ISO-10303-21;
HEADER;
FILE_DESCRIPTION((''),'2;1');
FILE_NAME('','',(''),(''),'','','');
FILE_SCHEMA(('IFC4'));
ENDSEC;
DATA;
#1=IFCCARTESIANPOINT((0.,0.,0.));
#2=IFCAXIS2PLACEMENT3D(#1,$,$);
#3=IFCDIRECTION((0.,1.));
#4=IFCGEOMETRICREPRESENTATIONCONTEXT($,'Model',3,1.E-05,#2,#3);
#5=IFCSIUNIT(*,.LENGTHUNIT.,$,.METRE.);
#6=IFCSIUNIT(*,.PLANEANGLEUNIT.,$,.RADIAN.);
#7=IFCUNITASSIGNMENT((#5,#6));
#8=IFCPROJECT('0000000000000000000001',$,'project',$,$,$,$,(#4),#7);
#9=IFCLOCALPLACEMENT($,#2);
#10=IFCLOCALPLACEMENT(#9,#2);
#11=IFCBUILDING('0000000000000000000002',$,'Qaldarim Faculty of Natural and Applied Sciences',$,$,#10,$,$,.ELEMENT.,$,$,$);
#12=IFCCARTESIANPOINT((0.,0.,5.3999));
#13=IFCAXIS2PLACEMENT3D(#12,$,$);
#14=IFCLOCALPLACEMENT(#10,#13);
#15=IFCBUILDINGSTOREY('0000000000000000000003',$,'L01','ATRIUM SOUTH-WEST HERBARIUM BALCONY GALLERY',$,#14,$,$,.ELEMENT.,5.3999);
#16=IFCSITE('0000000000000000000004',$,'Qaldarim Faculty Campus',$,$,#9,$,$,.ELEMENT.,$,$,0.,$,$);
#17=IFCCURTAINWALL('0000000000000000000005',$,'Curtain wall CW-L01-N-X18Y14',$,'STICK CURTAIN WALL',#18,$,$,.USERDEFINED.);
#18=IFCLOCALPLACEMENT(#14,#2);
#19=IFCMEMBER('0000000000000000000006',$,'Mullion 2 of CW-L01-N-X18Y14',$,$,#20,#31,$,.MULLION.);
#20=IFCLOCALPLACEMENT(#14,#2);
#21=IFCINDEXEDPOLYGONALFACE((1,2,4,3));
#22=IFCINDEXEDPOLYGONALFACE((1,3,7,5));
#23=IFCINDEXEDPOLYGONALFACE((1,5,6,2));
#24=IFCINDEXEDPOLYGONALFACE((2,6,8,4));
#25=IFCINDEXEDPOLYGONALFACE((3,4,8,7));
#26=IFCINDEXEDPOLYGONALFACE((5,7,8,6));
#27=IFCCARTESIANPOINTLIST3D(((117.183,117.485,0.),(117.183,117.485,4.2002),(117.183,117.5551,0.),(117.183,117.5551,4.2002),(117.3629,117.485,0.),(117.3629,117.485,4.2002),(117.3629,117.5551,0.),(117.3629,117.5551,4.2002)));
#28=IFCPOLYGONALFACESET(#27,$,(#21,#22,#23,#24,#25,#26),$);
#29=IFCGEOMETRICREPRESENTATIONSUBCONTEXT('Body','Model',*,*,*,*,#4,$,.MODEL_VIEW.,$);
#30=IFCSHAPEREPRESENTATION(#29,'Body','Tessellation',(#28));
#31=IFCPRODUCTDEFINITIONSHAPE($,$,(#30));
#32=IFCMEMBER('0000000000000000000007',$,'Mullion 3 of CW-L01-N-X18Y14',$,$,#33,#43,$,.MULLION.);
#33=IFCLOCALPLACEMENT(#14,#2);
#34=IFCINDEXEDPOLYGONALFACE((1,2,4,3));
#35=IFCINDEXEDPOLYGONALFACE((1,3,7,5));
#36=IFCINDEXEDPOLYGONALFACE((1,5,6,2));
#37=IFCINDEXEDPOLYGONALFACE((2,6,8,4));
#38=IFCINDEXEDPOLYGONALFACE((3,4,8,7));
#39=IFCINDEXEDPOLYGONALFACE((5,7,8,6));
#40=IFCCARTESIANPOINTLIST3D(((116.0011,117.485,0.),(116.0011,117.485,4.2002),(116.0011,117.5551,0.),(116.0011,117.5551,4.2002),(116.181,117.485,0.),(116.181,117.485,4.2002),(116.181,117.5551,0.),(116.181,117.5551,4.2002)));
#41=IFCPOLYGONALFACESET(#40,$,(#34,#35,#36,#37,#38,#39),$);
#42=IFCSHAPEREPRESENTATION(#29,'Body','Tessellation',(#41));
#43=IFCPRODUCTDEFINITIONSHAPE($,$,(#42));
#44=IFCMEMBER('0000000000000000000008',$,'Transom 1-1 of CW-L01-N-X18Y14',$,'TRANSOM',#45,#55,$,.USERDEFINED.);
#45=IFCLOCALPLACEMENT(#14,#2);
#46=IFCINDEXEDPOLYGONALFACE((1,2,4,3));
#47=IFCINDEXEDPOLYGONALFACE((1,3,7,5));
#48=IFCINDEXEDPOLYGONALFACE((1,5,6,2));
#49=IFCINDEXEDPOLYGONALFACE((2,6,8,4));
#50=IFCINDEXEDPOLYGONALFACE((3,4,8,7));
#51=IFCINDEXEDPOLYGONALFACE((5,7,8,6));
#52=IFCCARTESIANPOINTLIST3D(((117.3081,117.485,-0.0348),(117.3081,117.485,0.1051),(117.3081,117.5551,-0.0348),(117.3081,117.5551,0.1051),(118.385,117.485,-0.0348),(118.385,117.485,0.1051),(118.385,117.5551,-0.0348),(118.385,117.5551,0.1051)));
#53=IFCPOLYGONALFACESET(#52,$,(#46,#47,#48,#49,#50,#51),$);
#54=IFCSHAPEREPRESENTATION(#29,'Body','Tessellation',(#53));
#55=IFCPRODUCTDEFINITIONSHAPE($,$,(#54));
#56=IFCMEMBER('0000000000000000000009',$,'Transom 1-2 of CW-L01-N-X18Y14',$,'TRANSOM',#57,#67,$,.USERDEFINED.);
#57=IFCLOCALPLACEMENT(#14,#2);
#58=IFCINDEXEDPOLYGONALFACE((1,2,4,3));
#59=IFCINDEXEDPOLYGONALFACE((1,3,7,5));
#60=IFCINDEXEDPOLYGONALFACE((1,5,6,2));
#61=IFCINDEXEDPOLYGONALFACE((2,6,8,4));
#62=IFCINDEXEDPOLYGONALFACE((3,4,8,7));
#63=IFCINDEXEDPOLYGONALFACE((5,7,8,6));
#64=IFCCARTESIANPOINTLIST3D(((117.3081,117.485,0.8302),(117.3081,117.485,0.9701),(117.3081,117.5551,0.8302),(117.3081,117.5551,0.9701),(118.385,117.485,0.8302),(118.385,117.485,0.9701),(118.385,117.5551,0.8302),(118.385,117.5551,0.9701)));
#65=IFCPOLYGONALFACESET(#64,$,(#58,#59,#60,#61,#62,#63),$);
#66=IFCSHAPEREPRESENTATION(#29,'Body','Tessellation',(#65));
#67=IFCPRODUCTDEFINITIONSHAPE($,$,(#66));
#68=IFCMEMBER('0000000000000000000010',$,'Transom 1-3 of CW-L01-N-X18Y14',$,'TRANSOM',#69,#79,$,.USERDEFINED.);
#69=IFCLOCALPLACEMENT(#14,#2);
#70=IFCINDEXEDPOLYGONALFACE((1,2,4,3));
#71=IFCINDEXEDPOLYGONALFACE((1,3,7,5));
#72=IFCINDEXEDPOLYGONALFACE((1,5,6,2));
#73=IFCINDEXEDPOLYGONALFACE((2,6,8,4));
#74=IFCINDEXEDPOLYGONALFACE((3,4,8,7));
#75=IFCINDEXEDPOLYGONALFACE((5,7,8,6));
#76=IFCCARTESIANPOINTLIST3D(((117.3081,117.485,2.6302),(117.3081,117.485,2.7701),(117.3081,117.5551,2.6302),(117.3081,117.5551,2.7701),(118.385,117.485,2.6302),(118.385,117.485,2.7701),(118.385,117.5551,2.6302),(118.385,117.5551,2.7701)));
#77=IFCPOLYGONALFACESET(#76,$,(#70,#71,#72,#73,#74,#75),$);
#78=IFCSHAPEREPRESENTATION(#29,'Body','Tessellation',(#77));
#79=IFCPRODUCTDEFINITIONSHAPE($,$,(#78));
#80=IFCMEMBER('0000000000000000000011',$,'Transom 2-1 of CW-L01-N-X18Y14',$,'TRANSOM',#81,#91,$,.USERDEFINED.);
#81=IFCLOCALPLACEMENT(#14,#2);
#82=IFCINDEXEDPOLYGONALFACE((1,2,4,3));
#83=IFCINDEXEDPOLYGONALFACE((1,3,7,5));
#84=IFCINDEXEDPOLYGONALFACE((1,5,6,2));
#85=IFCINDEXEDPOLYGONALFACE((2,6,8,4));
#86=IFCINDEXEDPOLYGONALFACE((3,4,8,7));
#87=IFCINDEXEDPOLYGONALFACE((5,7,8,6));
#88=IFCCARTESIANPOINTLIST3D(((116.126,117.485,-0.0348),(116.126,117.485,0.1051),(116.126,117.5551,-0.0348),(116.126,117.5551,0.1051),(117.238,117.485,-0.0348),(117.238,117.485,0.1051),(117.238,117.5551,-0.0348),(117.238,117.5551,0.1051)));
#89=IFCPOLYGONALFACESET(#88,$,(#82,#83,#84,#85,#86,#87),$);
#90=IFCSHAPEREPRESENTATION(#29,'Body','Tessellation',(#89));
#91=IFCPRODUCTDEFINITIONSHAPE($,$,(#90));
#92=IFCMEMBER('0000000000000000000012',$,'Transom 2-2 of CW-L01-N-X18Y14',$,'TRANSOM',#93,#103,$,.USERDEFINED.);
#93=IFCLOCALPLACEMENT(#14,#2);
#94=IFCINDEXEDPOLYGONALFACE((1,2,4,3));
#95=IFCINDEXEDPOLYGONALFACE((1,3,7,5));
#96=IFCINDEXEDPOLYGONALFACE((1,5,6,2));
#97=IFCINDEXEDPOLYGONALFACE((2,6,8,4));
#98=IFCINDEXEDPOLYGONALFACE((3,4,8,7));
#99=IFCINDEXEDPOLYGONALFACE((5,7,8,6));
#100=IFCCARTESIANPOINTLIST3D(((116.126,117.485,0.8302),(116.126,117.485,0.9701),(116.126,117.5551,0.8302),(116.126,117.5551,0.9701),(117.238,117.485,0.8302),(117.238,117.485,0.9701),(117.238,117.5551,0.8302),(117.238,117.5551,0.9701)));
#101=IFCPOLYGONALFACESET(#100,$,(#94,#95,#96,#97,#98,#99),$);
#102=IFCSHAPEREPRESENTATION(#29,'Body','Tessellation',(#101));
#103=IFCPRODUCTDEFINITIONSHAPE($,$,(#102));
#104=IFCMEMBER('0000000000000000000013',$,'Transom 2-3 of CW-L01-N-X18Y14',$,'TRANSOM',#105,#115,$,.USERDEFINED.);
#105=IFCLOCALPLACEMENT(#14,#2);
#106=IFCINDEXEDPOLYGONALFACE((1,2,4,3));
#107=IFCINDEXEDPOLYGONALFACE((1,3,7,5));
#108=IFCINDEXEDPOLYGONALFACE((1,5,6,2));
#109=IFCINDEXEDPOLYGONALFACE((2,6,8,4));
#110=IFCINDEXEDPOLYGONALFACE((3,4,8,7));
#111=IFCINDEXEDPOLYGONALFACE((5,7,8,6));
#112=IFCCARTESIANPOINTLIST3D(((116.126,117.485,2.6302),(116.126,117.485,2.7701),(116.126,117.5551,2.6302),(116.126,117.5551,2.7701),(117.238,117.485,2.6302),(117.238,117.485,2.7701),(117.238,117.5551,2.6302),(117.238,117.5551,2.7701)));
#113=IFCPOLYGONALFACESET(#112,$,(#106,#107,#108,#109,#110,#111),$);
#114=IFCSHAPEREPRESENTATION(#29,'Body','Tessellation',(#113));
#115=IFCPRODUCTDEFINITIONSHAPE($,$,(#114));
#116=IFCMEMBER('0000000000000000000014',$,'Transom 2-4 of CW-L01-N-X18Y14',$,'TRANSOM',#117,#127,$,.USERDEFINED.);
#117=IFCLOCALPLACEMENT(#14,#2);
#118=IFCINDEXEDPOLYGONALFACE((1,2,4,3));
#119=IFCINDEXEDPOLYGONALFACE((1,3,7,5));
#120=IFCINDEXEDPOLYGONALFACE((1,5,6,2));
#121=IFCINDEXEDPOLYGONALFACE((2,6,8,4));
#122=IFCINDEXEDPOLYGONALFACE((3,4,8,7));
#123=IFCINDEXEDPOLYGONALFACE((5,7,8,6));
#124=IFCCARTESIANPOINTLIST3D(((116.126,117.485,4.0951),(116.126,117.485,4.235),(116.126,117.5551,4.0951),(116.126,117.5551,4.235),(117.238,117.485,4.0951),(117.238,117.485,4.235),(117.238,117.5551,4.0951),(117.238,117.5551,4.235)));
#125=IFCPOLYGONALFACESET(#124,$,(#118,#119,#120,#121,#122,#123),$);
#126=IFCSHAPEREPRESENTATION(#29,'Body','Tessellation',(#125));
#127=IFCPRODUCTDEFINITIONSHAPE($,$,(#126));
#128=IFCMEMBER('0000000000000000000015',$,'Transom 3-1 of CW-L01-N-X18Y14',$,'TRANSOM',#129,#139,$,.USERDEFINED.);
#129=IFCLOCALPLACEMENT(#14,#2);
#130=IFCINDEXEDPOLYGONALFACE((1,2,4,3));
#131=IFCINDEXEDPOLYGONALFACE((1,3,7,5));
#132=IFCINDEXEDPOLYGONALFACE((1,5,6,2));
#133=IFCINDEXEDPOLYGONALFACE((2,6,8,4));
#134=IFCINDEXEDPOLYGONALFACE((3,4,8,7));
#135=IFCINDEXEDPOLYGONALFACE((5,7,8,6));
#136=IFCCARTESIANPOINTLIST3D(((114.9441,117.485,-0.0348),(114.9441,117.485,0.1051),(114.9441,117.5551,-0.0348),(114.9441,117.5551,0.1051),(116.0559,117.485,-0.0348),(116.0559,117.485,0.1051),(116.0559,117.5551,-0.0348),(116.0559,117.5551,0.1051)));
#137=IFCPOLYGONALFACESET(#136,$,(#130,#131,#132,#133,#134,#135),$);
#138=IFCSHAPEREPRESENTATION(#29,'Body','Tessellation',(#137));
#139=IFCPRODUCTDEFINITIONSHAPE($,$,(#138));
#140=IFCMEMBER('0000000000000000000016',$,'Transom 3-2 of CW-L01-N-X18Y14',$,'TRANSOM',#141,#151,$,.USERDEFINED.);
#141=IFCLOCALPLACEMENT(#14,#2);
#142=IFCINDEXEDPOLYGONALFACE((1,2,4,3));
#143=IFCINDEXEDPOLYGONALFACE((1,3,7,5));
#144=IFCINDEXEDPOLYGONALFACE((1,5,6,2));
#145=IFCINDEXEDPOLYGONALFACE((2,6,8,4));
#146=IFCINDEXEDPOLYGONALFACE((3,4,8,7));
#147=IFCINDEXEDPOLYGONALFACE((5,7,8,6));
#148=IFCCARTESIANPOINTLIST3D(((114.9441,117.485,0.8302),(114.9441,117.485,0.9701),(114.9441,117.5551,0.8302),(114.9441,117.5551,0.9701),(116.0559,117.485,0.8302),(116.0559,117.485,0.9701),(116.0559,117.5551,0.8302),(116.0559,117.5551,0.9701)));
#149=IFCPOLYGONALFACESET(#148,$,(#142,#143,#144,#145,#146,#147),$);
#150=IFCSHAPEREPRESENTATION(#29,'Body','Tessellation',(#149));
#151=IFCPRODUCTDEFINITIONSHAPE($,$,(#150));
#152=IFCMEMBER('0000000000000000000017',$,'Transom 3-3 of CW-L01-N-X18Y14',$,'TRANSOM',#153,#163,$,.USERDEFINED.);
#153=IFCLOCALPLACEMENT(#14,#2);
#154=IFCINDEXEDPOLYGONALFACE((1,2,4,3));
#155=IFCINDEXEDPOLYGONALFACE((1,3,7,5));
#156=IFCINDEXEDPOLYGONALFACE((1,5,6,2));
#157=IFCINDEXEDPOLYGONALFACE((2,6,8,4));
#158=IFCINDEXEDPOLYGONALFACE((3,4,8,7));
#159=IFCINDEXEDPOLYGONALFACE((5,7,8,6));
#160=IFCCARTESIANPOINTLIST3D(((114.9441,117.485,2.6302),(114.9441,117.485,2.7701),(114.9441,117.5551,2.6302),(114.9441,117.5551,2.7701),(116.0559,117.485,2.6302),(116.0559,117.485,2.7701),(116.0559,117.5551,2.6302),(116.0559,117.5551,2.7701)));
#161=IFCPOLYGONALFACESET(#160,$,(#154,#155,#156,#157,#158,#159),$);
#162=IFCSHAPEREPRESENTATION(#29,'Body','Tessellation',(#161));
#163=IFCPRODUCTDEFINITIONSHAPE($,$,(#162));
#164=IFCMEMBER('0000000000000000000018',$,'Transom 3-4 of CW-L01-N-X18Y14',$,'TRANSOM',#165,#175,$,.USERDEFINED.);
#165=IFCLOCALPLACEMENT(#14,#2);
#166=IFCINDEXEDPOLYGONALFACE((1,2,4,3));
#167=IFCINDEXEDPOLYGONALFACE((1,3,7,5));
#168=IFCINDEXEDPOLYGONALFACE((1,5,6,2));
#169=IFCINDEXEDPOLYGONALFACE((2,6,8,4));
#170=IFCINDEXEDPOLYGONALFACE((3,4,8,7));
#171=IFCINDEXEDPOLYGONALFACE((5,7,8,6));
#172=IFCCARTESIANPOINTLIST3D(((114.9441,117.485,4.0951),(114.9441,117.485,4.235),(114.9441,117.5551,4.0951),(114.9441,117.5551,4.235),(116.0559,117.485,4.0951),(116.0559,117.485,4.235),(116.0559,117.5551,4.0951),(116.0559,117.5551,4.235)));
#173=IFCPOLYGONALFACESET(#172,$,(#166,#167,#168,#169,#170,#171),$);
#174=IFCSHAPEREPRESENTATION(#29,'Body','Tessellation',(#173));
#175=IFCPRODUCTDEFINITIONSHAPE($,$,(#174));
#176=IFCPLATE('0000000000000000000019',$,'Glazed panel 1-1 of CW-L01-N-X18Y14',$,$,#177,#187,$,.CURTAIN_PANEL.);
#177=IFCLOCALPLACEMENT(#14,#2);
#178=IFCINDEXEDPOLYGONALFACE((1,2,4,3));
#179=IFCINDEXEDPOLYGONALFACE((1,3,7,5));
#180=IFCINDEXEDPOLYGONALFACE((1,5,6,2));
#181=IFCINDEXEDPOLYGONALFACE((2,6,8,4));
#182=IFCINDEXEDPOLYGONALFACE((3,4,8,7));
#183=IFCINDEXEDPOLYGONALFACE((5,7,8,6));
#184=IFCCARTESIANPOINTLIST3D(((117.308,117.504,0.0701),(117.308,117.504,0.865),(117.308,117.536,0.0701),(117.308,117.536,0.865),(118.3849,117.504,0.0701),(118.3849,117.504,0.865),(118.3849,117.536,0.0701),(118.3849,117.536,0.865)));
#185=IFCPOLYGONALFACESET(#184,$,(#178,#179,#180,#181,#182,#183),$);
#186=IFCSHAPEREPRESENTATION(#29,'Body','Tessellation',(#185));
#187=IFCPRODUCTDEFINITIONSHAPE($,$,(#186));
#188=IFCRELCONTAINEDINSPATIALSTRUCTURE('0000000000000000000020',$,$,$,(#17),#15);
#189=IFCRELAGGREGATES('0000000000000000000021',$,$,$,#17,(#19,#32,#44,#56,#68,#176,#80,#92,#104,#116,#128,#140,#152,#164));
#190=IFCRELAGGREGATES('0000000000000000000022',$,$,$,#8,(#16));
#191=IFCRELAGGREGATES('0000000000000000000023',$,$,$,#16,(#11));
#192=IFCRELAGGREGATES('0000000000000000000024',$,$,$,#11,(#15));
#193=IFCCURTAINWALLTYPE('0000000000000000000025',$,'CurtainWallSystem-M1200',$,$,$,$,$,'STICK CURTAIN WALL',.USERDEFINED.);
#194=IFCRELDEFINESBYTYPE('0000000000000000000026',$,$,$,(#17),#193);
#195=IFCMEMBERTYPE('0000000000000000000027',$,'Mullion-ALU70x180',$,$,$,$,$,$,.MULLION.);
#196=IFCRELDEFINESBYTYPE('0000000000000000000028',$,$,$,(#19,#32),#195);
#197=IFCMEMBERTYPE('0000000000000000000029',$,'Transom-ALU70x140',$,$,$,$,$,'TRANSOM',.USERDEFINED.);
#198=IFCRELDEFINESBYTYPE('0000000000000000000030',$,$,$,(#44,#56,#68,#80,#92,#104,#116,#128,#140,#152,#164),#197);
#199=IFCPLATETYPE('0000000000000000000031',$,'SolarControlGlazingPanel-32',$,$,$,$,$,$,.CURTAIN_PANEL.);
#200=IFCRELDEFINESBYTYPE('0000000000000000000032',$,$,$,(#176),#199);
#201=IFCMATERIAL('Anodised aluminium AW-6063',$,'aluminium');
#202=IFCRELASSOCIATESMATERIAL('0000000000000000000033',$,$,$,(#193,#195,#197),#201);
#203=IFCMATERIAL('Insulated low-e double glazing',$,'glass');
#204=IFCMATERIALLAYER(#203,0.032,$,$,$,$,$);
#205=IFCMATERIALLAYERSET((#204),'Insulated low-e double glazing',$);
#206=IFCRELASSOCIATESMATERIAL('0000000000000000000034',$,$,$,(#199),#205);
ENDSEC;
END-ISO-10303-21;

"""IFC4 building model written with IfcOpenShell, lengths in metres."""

from ifc_helpers import new_model, si_unit, direction, frame, origin, origin_2d, place, context, subcontext, project, spatial, rectangle, extrude, material, layer, layer_set, material_profile, profile_set, type_object, element, aggregate, save


model = new_model("IFC4")

# Units and contexts
model_context = context("Model", 3, precision=1e-05, world=origin(), true_north=direction((0.0, 1.0)))
body_context = subcontext(model_context, "Body", "Model", "MODEL_VIEW")
ifc_project = project(units=[si_unit("LENGTHUNIT", "METRE"), si_unit("PLANEANGLEUNIT", "RADIAN")], contexts=[model_context])

# Site, building, storey
site_placement = place(None, origin())
site = spatial("IfcSite", under=ifc_project, at=site_placement, Name="Qaldarim Faculty Campus", CompositionType="ELEMENT", RefElevation=0.0)
building_placement = place(site_placement, origin())
building = spatial("IfcBuilding", under=site, at=building_placement, Name="Qaldarim Faculty of Natural and Applied Sciences", CompositionType="ELEMENT")
storey_placement = place(building_placement, frame((0.0, 0.0, 5.3999)))
storey = spatial("IfcBuildingStorey", under=building, at=storey_placement, Name="L01", Description="ATRIUM SOUTH-WEST HERBARIUM BALCONY GALLERY", CompositionType="ELEMENT", Elevation=5.3999)

# Curtain wall, members, plate
ifc_material_1 = material(Name="Anodised aluminium AW-6063", Category="aluminium")
curtain_wall_type = type_object("IfcCurtainWallType", Name="CurtainWallSystem-M1200", ElementType="STICK CURTAIN WALL", PredefinedType="USERDEFINED", material=ifc_material_1)
curtain_wall_placement = place(storey_placement, origin())
curtain_wall = element("IfcCurtainWall", 1, at=curtain_wall_placement, inside=storey, type_object=curtain_wall_type, Name="Curtain wall CW-L01-N-X18Y14", ObjectType="STICK CURTAIN WALL", PredefinedType="USERDEFINED")
ifc_material_profile_1 = material_profile(ifc_material_1, rectangle(XDim=0.0701, YDim=0.1799, at=origin_2d()), Name="ALU-M70x180")
ifc_profile_set_1 = profile_set([ifc_material_profile_1], Name="Anodised aluminium AW-6063")
member_type_1 = type_object("IfcMemberType", Name="Mullion-ALU70x180", PredefinedType="MULLION", material=ifc_profile_set_1)
member_1_placement = place(storey_placement, frame((117.2729, 117.52, 0.0), z_axis=(0.0, 0.0, 1.0), x_axis=(0.0, -1.0, 0.0)))
member_1 = element("IfcMember", 2, at=member_1_placement, type_object=member_type_1, Name="Mullion 2 of CW-L01-N-X18Y14", PredefinedType="MULLION", context=body_context, shape_type="SweptSolid", body=[
    extrude(rectangle(XDim=0.0701, YDim=0.1799, at=origin_2d()), origin(), (0.0, 0.0, 1.0), 4.2002),
])
member_2_placement = place(storey_placement, frame((116.0911, 117.52, 0.0), z_axis=(0.0, 0.0, 1.0), x_axis=(0.0, -1.0, 0.0)))
member_2 = element("IfcMember", 3, at=member_2_placement, type_object=member_type_1, Name="Mullion 3 of CW-L01-N-X18Y14", PredefinedType="MULLION", context=body_context, shape_type="SweptSolid", body=[
    extrude(rectangle(XDim=0.0701, YDim=0.1799, at=origin_2d()), origin(), (0.0, 0.0, 1.0), 4.2002),
])
ifc_material_profile_2 = material_profile(ifc_material_1, rectangle(XDim=0.0701, YDim=0.1399, at=origin_2d()), Name="ALU-T70x140")
ifc_profile_set_2 = profile_set([ifc_material_profile_2], Name="Anodised aluminium AW-6063")
member_type_2 = type_object("IfcMemberType", Name="Transom-ALU70x140", ElementType="TRANSOM", PredefinedType="USERDEFINED", material=ifc_profile_set_2)
member_3_placement = place(storey_placement, frame((118.385, 117.52, 0.0352), z_axis=(-1.0, 0.0, 0.0), x_axis=(0.0, -1.0, 0.0)))
member_3 = element("IfcMember", 4, at=member_3_placement, type_object=member_type_2, Name="Transom 1-1 of CW-L01-N-X18Y14", ObjectType="TRANSOM", PredefinedType="USERDEFINED", context=body_context, shape_type="SweptSolid", body=[
    extrude(rectangle(XDim=0.0701, YDim=0.1399, at=origin_2d()), origin(), (0.0, 0.0, 1.0), 1.0769),
])
member_4_placement = place(storey_placement, frame((118.385, 117.52, 0.9001), z_axis=(-1.0, 0.0, 0.0), x_axis=(0.0, -1.0, 0.0)))
member_4 = element("IfcMember", 5, at=member_4_placement, type_object=member_type_2, Name="Transom 1-2 of CW-L01-N-X18Y14", ObjectType="TRANSOM", PredefinedType="USERDEFINED", context=body_context, shape_type="SweptSolid", body=[
    extrude(rectangle(XDim=0.0701, YDim=0.1399, at=origin_2d()), origin(), (0.0, 0.0, 1.0), 1.0769),
])
member_5_placement = place(storey_placement, frame((118.385, 117.52, 2.7002), z_axis=(-1.0, 0.0, 0.0), x_axis=(0.0, -1.0, 0.0)))
member_5 = element("IfcMember", 6, at=member_5_placement, type_object=member_type_2, Name="Transom 1-3 of CW-L01-N-X18Y14", ObjectType="TRANSOM", PredefinedType="USERDEFINED", context=body_context, shape_type="SweptSolid", body=[
    extrude(rectangle(XDim=0.0701, YDim=0.1399, at=origin_2d()), origin(), (0.0, 0.0, 1.0), 1.0769),
])
member_6_placement = place(storey_placement, frame((117.238, 117.52, 0.0352), z_axis=(-1.0, 0.0, 0.0), x_axis=(0.0, -1.0, 0.0)))
member_6 = element("IfcMember", 7, at=member_6_placement, type_object=member_type_2, Name="Transom 2-1 of CW-L01-N-X18Y14", ObjectType="TRANSOM", PredefinedType="USERDEFINED", context=body_context, shape_type="SweptSolid", body=[
    extrude(rectangle(XDim=0.0701, YDim=0.1399, at=origin_2d()), origin(), (0.0, 0.0, 1.0), 1.1121),
])
member_7_placement = place(storey_placement, frame((117.238, 117.52, 0.9001), z_axis=(-1.0, 0.0, 0.0), x_axis=(0.0, -1.0, 0.0)))
member_7 = element("IfcMember", 8, at=member_7_placement, type_object=member_type_2, Name="Transom 2-2 of CW-L01-N-X18Y14", ObjectType="TRANSOM", PredefinedType="USERDEFINED", context=body_context, shape_type="SweptSolid", body=[
    extrude(rectangle(XDim=0.0701, YDim=0.1399, at=origin_2d()), origin(), (0.0, 0.0, 1.0), 1.1121),
])
member_8_placement = place(storey_placement, frame((117.238, 117.52, 2.7002), z_axis=(-1.0, 0.0, 0.0), x_axis=(0.0, -1.0, 0.0)))
member_8 = element("IfcMember", 9, at=member_8_placement, type_object=member_type_2, Name="Transom 2-3 of CW-L01-N-X18Y14", ObjectType="TRANSOM", PredefinedType="USERDEFINED", context=body_context, shape_type="SweptSolid", body=[
    extrude(rectangle(XDim=0.0701, YDim=0.1399, at=origin_2d()), origin(), (0.0, 0.0, 1.0), 1.1121),
])
member_9_placement = place(storey_placement, frame((117.238, 117.52, 4.165), z_axis=(-1.0, 0.0, 0.0), x_axis=(0.0, -1.0, 0.0)))
member_9 = element("IfcMember", 10, at=member_9_placement, type_object=member_type_2, Name="Transom 2-4 of CW-L01-N-X18Y14", ObjectType="TRANSOM", PredefinedType="USERDEFINED", context=body_context, shape_type="SweptSolid", body=[
    extrude(rectangle(XDim=0.0701, YDim=0.1399, at=origin_2d()), origin(), (0.0, 0.0, 1.0), 1.1121),
])
member_10_placement = place(storey_placement, frame((116.0559, 117.52, 0.0352), z_axis=(-1.0, 0.0, 0.0), x_axis=(0.0, -1.0, 0.0)))
member_10 = element("IfcMember", 11, at=member_10_placement, type_object=member_type_2, Name="Transom 3-1 of CW-L01-N-X18Y14", ObjectType="TRANSOM", PredefinedType="USERDEFINED", context=body_context, shape_type="SweptSolid", body=[
    extrude(rectangle(XDim=0.0701, YDim=0.1399, at=origin_2d()), origin(), (0.0, 0.0, 1.0), 1.1118),
])
member_11_placement = place(storey_placement, frame((116.0559, 117.52, 0.9001), z_axis=(-1.0, 0.0, 0.0), x_axis=(0.0, -1.0, 0.0)))
member_11 = element("IfcMember", 12, at=member_11_placement, type_object=member_type_2, Name="Transom 3-2 of CW-L01-N-X18Y14", ObjectType="TRANSOM", PredefinedType="USERDEFINED", context=body_context, shape_type="SweptSolid", body=[
    extrude(rectangle(XDim=0.0701, YDim=0.1399, at=origin_2d()), origin(), (0.0, 0.0, 1.0), 1.1118),
])
member_12_placement = place(storey_placement, frame((116.0559, 117.52, 2.7002), z_axis=(-1.0, 0.0, 0.0), x_axis=(0.0, -1.0, 0.0)))
member_12 = element("IfcMember", 13, at=member_12_placement, type_object=member_type_2, Name="Transom 3-3 of CW-L01-N-X18Y14", ObjectType="TRANSOM", PredefinedType="USERDEFINED", context=body_context, shape_type="SweptSolid", body=[
    extrude(rectangle(XDim=0.0701, YDim=0.1399, at=origin_2d()), origin(), (0.0, 0.0, 1.0), 1.1118),
])
member_13_placement = place(storey_placement, frame((116.0559, 117.52, 4.165), z_axis=(-1.0, 0.0, 0.0), x_axis=(0.0, -1.0, 0.0)))
member_13 = element("IfcMember", 14, at=member_13_placement, type_object=member_type_2, Name="Transom 3-4 of CW-L01-N-X18Y14", ObjectType="TRANSOM", PredefinedType="USERDEFINED", context=body_context, shape_type="SweptSolid", body=[
    extrude(rectangle(XDim=0.0701, YDim=0.1399, at=origin_2d()), origin(), (0.0, 0.0, 1.0), 1.1118),
])
ifc_material_2 = material(Name="Insulated low-e double glazing", Category="glass")
ifc_layer = layer(ifc_material_2, 0.032)
ifc_layer_set = layer_set([ifc_layer], Name="Insulated low-e double glazing")
plate_type = type_object("IfcPlateType", Name="SolarControlGlazingPanel-32", PredefinedType="CURTAIN_PANEL", material=ifc_layer_set)
plate_1_placement = place(storey_placement, frame((117.8464, 117.52, 0.0701), z_axis=(0.0, 0.0, 1.0), x_axis=(-1.0, 0.0, 0.0)))
plate_1 = element("IfcPlate", 15, at=plate_1_placement, type_object=plate_type, Name="Glazed panel 1-1 of CW-L01-N-X18Y14", PredefinedType="CURTAIN_PANEL", context=body_context, shape_type="SweptSolid", body=[
    extrude(rectangle(XDim=1.0769, YDim=0.032, at=origin_2d()), origin(), (0.0, 0.0, 1.0), 0.7949),
])
aggregate(curtain_wall, [member_1, member_2, member_3, member_4, member_5, plate_1, member_6, member_7, member_8, member_9, member_10, member_11, member_12, member_13])

save(model, "model.ifc")
